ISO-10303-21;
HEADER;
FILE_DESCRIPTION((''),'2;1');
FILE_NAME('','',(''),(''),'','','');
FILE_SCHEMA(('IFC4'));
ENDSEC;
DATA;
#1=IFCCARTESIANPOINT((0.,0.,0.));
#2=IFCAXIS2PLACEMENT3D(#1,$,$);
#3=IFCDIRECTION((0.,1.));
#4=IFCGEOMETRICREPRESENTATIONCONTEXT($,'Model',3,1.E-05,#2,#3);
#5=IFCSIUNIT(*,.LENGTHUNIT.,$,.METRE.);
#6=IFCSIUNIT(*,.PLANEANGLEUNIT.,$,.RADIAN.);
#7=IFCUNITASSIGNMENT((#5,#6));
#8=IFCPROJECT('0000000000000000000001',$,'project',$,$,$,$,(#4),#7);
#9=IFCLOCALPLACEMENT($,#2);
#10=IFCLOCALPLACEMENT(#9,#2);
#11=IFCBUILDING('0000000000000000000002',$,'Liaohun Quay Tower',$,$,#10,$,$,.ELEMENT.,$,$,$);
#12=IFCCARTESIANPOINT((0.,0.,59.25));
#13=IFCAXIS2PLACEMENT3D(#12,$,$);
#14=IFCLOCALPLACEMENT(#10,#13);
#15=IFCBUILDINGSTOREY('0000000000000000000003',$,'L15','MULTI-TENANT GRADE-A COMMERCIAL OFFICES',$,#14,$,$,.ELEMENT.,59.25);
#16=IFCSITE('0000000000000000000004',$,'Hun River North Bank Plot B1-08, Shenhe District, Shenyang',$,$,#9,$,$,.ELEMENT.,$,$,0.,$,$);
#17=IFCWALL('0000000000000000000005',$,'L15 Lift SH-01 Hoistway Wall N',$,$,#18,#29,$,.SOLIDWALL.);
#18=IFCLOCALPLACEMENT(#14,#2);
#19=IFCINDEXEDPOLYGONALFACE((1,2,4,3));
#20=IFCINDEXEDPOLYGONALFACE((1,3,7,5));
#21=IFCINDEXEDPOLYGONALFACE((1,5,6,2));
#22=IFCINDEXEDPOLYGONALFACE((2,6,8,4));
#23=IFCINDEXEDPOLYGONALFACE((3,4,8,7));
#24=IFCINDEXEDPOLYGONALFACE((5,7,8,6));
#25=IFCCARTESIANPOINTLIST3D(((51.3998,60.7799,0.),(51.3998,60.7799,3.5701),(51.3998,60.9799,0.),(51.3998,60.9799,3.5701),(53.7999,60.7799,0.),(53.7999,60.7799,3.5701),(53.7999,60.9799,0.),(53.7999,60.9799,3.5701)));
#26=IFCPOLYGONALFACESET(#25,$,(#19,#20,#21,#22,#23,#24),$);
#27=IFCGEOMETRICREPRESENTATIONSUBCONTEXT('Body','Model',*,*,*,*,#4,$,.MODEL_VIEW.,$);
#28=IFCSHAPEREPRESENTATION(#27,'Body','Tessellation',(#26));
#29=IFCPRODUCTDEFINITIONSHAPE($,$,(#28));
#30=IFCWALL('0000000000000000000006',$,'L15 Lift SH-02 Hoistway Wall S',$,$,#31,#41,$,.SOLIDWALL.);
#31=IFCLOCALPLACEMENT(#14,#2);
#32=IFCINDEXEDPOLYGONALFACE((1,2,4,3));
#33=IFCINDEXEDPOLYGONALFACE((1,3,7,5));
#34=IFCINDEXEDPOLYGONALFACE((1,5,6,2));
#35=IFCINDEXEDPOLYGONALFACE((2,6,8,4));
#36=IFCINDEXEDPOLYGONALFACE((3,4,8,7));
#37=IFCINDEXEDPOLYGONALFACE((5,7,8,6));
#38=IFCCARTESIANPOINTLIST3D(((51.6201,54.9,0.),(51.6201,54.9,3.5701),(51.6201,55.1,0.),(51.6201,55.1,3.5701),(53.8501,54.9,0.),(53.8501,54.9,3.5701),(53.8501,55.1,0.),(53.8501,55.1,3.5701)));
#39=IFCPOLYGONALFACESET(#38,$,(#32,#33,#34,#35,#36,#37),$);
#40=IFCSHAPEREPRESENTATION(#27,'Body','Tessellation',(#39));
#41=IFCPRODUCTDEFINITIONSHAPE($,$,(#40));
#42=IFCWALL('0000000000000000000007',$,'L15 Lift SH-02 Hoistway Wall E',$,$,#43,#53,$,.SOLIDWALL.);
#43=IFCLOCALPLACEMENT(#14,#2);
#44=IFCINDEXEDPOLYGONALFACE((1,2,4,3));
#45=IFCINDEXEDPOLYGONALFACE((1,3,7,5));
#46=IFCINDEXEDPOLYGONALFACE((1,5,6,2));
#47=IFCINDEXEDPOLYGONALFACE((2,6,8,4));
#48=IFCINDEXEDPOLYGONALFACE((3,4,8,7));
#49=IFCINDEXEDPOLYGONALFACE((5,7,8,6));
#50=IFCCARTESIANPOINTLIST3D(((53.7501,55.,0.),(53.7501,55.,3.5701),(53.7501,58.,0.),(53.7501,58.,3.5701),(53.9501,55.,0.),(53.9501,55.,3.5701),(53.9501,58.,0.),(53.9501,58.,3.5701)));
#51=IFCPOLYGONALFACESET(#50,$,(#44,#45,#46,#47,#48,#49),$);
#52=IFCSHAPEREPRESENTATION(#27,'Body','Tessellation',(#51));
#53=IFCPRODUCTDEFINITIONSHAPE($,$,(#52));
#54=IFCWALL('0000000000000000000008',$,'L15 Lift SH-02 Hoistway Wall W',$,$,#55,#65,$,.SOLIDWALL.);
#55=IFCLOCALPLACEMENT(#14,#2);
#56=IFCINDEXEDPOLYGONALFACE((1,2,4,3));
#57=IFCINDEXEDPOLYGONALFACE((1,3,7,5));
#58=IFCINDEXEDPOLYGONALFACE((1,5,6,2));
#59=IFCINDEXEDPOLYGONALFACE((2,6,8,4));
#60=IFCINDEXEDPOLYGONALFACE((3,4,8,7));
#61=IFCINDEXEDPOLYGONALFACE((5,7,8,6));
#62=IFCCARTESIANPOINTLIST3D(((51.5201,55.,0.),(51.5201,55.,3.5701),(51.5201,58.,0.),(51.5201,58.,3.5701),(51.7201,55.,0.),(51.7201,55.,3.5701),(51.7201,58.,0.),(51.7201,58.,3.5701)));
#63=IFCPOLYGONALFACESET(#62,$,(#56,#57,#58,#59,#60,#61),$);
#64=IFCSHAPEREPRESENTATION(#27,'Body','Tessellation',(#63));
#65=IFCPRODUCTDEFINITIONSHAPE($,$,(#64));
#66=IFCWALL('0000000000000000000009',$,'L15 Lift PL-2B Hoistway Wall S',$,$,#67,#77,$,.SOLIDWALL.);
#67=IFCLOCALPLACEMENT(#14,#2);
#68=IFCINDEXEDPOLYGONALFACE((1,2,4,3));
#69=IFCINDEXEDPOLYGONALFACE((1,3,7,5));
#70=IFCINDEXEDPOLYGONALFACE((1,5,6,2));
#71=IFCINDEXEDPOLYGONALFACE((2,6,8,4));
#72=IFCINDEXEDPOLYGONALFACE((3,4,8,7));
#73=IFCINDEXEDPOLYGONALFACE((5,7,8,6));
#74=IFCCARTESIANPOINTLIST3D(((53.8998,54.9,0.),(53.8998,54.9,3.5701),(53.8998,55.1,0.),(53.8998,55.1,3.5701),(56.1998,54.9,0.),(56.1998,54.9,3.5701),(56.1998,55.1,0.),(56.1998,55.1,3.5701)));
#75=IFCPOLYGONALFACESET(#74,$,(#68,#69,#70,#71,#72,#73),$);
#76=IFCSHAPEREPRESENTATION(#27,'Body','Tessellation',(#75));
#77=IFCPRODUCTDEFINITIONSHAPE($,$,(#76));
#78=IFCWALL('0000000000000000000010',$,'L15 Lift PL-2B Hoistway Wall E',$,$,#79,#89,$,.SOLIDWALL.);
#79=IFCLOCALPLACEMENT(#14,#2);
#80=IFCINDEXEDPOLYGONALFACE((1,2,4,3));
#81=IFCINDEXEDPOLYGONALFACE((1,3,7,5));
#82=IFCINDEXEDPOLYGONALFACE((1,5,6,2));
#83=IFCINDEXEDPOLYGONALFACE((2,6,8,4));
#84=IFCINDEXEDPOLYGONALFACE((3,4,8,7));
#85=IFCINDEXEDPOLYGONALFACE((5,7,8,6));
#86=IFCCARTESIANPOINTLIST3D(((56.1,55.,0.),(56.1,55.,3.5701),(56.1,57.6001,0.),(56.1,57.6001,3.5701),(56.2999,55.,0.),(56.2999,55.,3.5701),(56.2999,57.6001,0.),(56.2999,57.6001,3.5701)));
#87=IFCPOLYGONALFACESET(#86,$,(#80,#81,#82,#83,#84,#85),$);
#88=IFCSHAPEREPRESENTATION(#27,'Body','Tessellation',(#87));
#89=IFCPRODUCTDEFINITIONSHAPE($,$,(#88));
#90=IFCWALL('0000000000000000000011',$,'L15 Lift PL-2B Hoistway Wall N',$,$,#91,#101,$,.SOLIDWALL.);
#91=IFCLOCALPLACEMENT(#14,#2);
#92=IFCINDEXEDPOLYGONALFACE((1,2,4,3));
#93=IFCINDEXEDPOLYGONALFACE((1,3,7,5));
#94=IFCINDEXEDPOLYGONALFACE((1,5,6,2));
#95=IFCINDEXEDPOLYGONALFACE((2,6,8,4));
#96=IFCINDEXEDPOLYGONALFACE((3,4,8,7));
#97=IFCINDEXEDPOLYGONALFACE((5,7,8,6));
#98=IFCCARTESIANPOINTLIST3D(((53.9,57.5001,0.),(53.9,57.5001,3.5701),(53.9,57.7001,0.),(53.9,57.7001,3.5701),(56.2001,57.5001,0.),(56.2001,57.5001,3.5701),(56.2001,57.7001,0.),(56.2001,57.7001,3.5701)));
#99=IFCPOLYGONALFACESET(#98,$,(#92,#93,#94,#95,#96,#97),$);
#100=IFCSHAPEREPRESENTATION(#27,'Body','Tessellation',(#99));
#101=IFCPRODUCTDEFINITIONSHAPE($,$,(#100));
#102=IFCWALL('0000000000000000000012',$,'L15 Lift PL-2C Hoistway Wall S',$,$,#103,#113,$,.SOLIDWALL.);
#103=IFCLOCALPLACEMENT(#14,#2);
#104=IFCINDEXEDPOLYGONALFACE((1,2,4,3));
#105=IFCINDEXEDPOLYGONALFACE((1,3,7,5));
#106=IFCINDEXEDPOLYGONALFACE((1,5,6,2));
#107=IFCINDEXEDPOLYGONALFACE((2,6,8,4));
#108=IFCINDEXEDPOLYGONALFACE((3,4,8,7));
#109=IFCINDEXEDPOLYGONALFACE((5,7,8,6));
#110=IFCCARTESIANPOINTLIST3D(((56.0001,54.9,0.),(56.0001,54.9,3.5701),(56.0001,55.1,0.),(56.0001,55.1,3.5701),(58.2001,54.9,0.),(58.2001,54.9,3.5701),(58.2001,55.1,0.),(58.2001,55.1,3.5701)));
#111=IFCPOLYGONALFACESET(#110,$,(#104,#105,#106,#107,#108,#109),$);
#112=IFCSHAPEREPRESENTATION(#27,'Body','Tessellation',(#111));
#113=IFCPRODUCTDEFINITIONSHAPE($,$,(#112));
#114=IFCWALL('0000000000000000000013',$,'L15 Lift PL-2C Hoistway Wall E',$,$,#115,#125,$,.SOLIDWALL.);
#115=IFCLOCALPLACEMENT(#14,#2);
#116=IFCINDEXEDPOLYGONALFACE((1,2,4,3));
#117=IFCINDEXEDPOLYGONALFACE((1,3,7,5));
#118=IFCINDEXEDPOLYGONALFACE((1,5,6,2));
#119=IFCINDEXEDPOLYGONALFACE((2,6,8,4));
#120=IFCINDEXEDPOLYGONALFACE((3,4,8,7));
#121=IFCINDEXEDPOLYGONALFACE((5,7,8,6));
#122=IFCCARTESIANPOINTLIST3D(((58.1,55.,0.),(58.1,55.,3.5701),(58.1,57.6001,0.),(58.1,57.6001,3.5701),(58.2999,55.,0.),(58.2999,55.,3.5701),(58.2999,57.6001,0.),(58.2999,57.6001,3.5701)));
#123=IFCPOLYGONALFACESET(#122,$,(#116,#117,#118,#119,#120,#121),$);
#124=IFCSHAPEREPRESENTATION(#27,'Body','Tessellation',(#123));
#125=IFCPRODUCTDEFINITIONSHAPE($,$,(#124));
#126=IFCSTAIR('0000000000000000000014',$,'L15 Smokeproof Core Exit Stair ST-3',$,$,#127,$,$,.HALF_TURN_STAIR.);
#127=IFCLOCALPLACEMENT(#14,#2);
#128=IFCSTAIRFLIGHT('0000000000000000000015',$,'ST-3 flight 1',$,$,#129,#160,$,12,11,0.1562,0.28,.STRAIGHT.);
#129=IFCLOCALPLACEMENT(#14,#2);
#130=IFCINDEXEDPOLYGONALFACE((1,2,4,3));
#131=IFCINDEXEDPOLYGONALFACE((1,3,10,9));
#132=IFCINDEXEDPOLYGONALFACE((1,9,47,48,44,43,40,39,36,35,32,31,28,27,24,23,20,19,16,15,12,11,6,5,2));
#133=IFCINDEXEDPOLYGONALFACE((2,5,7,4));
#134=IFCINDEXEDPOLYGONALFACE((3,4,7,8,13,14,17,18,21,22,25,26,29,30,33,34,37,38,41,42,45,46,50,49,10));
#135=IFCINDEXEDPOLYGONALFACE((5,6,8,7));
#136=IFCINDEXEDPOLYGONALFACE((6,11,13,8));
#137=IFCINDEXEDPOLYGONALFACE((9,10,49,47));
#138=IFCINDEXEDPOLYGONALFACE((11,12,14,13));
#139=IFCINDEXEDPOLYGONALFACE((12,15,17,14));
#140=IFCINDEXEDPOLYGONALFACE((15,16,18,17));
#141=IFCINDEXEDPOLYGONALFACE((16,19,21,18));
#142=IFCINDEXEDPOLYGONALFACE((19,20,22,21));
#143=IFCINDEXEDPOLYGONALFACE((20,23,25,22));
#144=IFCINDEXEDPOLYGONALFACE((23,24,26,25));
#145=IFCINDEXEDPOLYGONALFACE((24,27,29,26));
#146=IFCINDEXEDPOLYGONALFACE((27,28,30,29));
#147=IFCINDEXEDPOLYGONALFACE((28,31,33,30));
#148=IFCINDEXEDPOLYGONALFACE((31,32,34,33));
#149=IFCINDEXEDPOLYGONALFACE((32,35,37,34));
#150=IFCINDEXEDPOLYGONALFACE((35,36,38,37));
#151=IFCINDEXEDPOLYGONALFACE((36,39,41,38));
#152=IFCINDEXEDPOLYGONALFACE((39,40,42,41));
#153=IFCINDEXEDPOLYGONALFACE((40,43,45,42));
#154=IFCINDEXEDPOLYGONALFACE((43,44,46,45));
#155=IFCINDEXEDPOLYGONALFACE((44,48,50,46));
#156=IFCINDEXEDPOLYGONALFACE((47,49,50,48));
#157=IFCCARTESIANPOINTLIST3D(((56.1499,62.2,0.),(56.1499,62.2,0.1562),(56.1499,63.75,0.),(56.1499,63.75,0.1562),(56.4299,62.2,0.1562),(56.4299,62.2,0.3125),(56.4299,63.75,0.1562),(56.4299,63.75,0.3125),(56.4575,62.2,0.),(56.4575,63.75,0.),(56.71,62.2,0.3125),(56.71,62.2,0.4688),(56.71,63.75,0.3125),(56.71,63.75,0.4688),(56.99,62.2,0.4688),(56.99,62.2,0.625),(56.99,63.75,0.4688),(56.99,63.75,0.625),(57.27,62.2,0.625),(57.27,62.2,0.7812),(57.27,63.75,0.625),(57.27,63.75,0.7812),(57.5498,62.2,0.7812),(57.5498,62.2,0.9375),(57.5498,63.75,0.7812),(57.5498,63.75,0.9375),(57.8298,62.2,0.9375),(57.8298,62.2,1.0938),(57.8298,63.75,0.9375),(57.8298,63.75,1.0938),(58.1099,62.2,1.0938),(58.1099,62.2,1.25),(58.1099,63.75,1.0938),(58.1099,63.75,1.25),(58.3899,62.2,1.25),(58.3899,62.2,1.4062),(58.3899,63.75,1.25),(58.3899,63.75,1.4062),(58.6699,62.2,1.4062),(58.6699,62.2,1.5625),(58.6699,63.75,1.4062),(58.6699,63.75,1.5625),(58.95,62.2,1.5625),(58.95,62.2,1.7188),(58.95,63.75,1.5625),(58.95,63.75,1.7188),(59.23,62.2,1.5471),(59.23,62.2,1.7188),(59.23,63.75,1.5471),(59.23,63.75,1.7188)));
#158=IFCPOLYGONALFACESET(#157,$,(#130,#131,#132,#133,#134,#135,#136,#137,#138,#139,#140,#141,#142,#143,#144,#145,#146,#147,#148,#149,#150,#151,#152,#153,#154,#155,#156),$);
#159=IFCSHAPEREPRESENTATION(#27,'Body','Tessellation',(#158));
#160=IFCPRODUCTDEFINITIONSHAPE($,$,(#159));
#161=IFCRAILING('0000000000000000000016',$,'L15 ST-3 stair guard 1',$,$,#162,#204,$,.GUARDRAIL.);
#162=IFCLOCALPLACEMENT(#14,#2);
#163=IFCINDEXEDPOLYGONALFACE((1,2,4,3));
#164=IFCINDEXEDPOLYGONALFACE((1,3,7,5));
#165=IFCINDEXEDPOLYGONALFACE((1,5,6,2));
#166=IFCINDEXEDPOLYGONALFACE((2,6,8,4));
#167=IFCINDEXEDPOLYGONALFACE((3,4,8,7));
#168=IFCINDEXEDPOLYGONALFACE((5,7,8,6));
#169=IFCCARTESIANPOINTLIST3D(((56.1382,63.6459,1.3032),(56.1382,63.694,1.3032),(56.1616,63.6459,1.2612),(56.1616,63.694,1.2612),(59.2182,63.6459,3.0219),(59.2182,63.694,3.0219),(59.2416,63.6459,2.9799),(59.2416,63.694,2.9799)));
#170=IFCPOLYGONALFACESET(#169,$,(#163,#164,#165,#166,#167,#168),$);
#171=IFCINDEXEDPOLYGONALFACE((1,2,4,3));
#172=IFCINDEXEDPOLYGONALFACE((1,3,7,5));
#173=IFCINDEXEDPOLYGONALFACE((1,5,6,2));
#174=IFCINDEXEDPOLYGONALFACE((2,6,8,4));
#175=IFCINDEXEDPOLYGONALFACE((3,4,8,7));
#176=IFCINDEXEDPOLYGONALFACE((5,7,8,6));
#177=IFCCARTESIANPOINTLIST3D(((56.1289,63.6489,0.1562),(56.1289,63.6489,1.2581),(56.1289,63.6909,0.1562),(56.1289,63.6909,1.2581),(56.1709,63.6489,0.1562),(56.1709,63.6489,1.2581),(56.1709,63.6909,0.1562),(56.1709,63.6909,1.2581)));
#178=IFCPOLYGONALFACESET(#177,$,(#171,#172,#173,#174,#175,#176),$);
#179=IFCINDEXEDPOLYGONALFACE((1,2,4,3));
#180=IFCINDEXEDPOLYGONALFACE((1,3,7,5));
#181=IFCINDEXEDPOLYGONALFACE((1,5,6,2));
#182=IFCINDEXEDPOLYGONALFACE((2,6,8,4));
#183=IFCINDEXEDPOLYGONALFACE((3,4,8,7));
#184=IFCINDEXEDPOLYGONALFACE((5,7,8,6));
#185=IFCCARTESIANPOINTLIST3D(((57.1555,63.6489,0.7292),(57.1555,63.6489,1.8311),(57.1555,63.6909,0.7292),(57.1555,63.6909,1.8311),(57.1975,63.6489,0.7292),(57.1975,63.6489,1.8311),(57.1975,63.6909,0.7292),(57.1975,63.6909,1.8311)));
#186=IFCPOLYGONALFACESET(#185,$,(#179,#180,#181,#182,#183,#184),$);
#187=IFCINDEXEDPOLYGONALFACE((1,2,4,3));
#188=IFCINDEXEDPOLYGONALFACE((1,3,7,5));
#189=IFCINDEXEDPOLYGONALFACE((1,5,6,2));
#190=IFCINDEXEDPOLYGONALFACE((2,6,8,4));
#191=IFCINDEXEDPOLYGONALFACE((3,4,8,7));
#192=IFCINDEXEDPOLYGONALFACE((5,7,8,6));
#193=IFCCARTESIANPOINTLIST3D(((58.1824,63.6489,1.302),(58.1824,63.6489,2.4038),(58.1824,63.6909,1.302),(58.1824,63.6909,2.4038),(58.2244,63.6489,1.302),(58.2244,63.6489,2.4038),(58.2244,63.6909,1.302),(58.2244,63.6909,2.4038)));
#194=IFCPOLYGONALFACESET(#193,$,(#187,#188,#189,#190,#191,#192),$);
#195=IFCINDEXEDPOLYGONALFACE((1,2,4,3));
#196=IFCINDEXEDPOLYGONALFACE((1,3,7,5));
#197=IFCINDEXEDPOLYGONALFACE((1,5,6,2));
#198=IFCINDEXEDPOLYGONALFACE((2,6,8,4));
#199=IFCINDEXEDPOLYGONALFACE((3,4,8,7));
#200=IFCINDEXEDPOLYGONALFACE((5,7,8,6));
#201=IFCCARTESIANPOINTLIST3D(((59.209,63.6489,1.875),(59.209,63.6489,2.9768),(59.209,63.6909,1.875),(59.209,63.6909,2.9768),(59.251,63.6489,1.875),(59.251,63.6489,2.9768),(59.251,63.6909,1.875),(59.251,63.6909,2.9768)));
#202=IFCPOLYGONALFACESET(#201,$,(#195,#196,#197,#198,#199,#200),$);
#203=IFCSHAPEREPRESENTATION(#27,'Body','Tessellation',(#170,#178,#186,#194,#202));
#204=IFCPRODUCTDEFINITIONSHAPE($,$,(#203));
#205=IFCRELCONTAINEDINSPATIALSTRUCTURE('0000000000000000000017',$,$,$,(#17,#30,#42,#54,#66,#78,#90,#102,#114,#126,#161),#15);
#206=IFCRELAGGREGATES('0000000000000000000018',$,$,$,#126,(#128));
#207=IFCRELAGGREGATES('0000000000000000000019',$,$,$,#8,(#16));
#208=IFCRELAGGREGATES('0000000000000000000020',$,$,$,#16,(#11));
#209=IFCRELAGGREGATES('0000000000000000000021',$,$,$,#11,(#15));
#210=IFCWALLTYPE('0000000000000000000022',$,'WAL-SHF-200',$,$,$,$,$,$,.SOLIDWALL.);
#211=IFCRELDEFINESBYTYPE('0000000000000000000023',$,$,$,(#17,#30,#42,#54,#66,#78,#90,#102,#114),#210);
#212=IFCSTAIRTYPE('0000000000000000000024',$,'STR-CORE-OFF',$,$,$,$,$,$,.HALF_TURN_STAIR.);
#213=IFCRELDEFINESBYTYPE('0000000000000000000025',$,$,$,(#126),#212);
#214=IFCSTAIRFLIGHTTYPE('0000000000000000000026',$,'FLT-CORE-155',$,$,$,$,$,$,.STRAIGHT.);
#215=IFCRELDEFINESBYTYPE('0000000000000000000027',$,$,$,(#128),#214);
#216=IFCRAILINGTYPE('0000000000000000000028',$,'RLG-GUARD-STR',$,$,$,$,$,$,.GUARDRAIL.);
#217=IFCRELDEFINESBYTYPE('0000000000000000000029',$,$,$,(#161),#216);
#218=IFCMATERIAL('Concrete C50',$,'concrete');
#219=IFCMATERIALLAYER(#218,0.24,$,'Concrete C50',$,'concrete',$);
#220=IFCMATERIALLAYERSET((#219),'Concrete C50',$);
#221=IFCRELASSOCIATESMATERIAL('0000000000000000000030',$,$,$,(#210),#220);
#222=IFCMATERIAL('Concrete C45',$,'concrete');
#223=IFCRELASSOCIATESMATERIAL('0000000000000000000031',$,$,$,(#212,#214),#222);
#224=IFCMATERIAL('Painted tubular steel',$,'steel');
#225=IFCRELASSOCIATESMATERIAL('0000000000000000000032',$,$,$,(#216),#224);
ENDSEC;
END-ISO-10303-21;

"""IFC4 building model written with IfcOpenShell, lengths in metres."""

from ifc_helpers import new_model, si_unit, direction, frame, frame_2d, origin, origin_2d, place, context, subcontext, project, spatial, polyline, rectangle, outline, extrude, material, layer, layer_set, type_object, element, aggregate, save


model = new_model("IFC4")

# Units and contexts
model_context = context("Model", 3, precision=1e-05, world=origin(), true_north=direction((0.0, 1.0)))
body_context = subcontext(model_context, "Body", "Model", "MODEL_VIEW")
ifc_project = project(units=[si_unit("LENGTHUNIT", "METRE"), si_unit("PLANEANGLEUNIT", "RADIAN")], contexts=[model_context])

# Site, building, storey
site_placement = place(None, origin())
site = spatial("IfcSite", under=ifc_project, at=site_placement, Name="Hun River North Bank Plot B1-08, Shenhe District, Shenyang", CompositionType="ELEMENT", RefElevation=0.0)
building_placement = place(site_placement, origin())
building = spatial("IfcBuilding", under=site, at=building_placement, Name="Liaohun Quay Tower", CompositionType="ELEMENT")
storey_placement = place(building_placement, frame((0.0, 0.0, 59.25)))
storey = spatial("IfcBuildingStorey", under=building, at=storey_placement, Name="L15", Description="MULTI-TENANT GRADE-A COMMERCIAL OFFICES", CompositionType="ELEMENT", Elevation=59.25)

# Shared definitions
ifc_material_1 = material(Name="Concrete C50", Category="concrete")
ifc_layer_1 = layer(ifc_material_1, 0.24, Name="Concrete C50", Category="concrete")
ifc_layer_set_1 = layer_set([ifc_layer_1], Name="Concrete C50")
wall_type_1 = type_object("IfcWallType", Name="WAL-SHF-200", PredefinedType="SOLIDWALL", material=ifc_layer_set_1)

# Walls
wall_1_placement = place(storey_placement, frame((53.8, 60.8799, 0.0), z_axis=(0.0, 0.0, 1.0), x_axis=(-1.0, 0.0, 0.0)))
element("IfcWall", 1, at=wall_1_placement, inside=storey, type_object=wall_type_1, Name="L15 Lift SH-01 Hoistway Wall N", PredefinedType="SOLIDWALL", context=body_context, shape_type="SweptSolid", body=[
    extrude(rectangle(XDim=2.4001, YDim=0.2, at=frame_2d((1.2002, 0.0))), origin(), (0.0, 0.0, 1.0), 3.5701),
])
wall_2_placement = place(storey_placement, frame((51.6201, 55.0, 0.0), z_axis=(0.0, 0.0, 1.0), x_axis=(1.0, 0.0, 0.0)))
element("IfcWall", 2, at=wall_2_placement, inside=storey, type_object=wall_type_1, Name="L15 Lift SH-02 Hoistway Wall S", PredefinedType="SOLIDWALL", context=body_context, shape_type="SweptSolid", body=[
    extrude(rectangle(XDim=2.23, YDim=0.2, at=frame_2d((1.115, 0.0))), origin(), (0.0, 0.0, 1.0), 3.5701),
])
for number, where, z_axis, x_axis, name in (
    (3, (53.8501, 55.0, 0.0), (0.0, 0.0, 1.0), (0.0, 1.0, 0.0), "L15 Lift SH-02 Hoistway Wall E"),
    (4, (51.6201, 58.0, 0.0), (0.0, 0.0, 1.0), (0.0, -1.0, 0.0), "L15 Lift SH-02 Hoistway Wall W"),
):
    element("IfcWall", number, at=place(storey_placement, frame(where, z_axis=z_axis, x_axis=x_axis)), inside=storey, type_object=wall_type_1, Name=name, PredefinedType="SOLIDWALL", context=body_context, shape_type="SweptSolid", body=[
        extrude(rectangle(XDim=3.0, YDim=0.2, at=frame_2d((1.5, 0.0))), origin(), (0.0, 0.0, 1.0), 3.5701),
    ])
wall_3_placement = place(storey_placement, frame((53.8999, 55.0, 0.0), z_axis=(0.0, 0.0, 1.0), x_axis=(1.0, 0.0, 0.0)))
element("IfcWall", 5, at=wall_3_placement, inside=storey, type_object=wall_type_1, Name="L15 Lift PL-2B Hoistway Wall S", PredefinedType="SOLIDWALL", context=body_context, shape_type="SweptSolid", body=[
    extrude(rectangle(XDim=2.3, YDim=0.2, at=frame_2d((1.1499, 0.0))), origin(), (0.0, 0.0, 1.0), 3.5701),
])
wall_4_placement = place(storey_placement, frame((56.2, 55.0, 0.0), z_axis=(0.0, 0.0, 1.0), x_axis=(0.0, 1.0, 0.0)))
element("IfcWall", 6, at=wall_4_placement, inside=storey, type_object=wall_type_1, Name="L15 Lift PL-2B Hoistway Wall E", PredefinedType="SOLIDWALL", context=body_context, shape_type="SweptSolid", body=[
    extrude(rectangle(XDim=2.6001, YDim=0.2, at=frame_2d((1.3, 0.0))), origin(), (0.0, 0.0, 1.0), 3.5701),
])
wall_5_placement = place(storey_placement, frame((56.2, 57.6001, 0.0), z_axis=(0.0, 0.0, 1.0), x_axis=(-1.0, 0.0, 0.0)))
element("IfcWall", 7, at=wall_5_placement, inside=storey, type_object=wall_type_1, Name="L15 Lift PL-2B Hoistway Wall N", PredefinedType="SOLIDWALL", context=body_context, shape_type="SweptSolid", body=[
    extrude(rectangle(XDim=2.3, YDim=0.2, at=frame_2d((1.1499, 0.0))), origin(), (0.0, 0.0, 1.0), 3.5701),
])
wall_6_placement = place(storey_placement, frame((56.0, 55.0, 0.0), z_axis=(0.0, 0.0, 1.0), x_axis=(1.0, 0.0, 0.0)))
element("IfcWall", 8, at=wall_6_placement, inside=storey, type_object=wall_type_1, Name="L15 Lift PL-2C Hoistway Wall S", PredefinedType="SOLIDWALL", context=body_context, shape_type="SweptSolid", body=[
    extrude(rectangle(XDim=2.2, YDim=0.2, at=frame_2d((1.1001, 0.0))), origin(), (0.0, 0.0, 1.0), 3.5701),
])
wall_7_placement = place(storey_placement, frame((58.2, 55.0, 0.0), z_axis=(0.0, 0.0, 1.0), x_axis=(0.0, 1.0, 0.0)))
element("IfcWall", 9, at=wall_7_placement, inside=storey, type_object=wall_type_1, Name="L15 Lift PL-2C Hoistway Wall E", PredefinedType="SOLIDWALL", context=body_context, shape_type="SweptSolid", body=[
    extrude(rectangle(XDim=2.6001, YDim=0.2, at=frame_2d((1.3, 0.0))), origin(), (0.0, 0.0, 1.0), 3.5701),
])

# Stair, stair flight
ifc_material_2 = material(Name="Concrete C45", Category="concrete")
stair_type = type_object("IfcStairType", Name="STR-CORE-OFF", PredefinedType="HALF_TURN_STAIR", material=ifc_material_2)
stair_placement = place(storey_placement, origin())
stair = element("IfcStair", 10, at=stair_placement, inside=storey, type_object=stair_type, Name="L15 Smokeproof Core Exit Stair ST-3", PredefinedType="HALF_TURN_STAIR")
stair_flight_type = type_object("IfcStairFlightType", Name="FLT-CORE-155", PredefinedType="STRAIGHT", material=ifc_material_2)
stair_flight_placement = place(storey_placement, frame((56.1499, 62.9751, 0.0), z_axis=(0.0, 0.0, 1.0), x_axis=(1.0, 0.0, 0.0)))
stair_flight = element("IfcStairFlight", 11, at=stair_flight_placement, type_object=stair_flight_type, Name="ST-3 flight 1", NumberOfRisers=12, NumberOfTreads=11, PredefinedType="STRAIGHT", RiserHeight=0.1562, TreadLength=0.28, context=body_context, shape_type="SweptSolid", body=[
    extrude(outline(polyline([(0.0, 0.0), (0.0, 0.1562), (0.28, 0.1562), (0.28, 0.3125), (0.5601, 0.3125), (0.5601, 0.4688), (0.8401, 0.4688), (0.8401, 0.625), (1.1201, 0.625), (1.1201, 0.7812), (1.3999, 0.7812), (1.3999, 0.9375), (1.6799, 0.9375), (1.6799, 1.0938), (1.96, 1.0938), (1.96, 1.25), (2.24, 1.25), (2.24, 1.4062), (2.52, 1.4062), (2.52, 1.5625), (2.8, 1.5625), (2.8, 1.7188), (3.0801, 1.7188), (3.0801, 1.875), (3.0801, 1.5471), (0.3076, 0.0), (0.0, 0.0)])), frame((0.0, 0.7749, 0.0), z_axis=(0.0, -1.0, 0.0), x_axis=(1.0, 0.0, 0.0)), (0.0, 0.0, 1.0), 1.55),
])
aggregate(stair, [stair_flight])

# Railing
ifc_material_3 = material(Name="Painted tubular steel", Category="steel")
railing_type_1 = type_object("IfcRailingType", Name="RLG-GUARD-STR", PredefinedType="GUARDRAIL", material=ifc_material_3)
railing_1_placement = place(storey_placement, frame((56.1499, 63.6699, 0.1562)))
element("IfcRailing", 12, at=railing_1_placement, inside=storey, type_object=railing_type_1, Name="L15 ST-3 stair guard 1", PredefinedType="GUARDRAIL", context=body_context, shape_type="SweptSolid", body=[
    extrude(rectangle(XDim=0.0481, YDim=0.0481, at=origin_2d()), frame((0.0, 0.0, 1.126), z_axis=(0.873242, 0.0, 0.487288), x_axis=(0.0, 1.0, 0.0)), (0.0, 0.0, 1.0), 3.5271),
    extrude(rectangle(XDim=0.042, YDim=0.042, at=origin_2d()), origin(), (0.0, 0.0, 1.0), 1.1018),
    extrude(rectangle(XDim=0.042, YDim=0.042, at=origin_2d()), frame((1.0266, 0.0, 0.573)), (0.0, 0.0, 1.0), 1.1018),
    extrude(rectangle(XDim=0.042, YDim=0.042, at=origin_2d()), frame((2.0535, 0.0, 1.1458)), (0.0, 0.0, 1.0), 1.1018),
    extrude(rectangle(XDim=0.042, YDim=0.042, at=origin_2d()), frame((3.0801, 0.0, 1.7188)), (0.0, 0.0, 1.0), 1.1018),
])

save(model, "model.ifc")
